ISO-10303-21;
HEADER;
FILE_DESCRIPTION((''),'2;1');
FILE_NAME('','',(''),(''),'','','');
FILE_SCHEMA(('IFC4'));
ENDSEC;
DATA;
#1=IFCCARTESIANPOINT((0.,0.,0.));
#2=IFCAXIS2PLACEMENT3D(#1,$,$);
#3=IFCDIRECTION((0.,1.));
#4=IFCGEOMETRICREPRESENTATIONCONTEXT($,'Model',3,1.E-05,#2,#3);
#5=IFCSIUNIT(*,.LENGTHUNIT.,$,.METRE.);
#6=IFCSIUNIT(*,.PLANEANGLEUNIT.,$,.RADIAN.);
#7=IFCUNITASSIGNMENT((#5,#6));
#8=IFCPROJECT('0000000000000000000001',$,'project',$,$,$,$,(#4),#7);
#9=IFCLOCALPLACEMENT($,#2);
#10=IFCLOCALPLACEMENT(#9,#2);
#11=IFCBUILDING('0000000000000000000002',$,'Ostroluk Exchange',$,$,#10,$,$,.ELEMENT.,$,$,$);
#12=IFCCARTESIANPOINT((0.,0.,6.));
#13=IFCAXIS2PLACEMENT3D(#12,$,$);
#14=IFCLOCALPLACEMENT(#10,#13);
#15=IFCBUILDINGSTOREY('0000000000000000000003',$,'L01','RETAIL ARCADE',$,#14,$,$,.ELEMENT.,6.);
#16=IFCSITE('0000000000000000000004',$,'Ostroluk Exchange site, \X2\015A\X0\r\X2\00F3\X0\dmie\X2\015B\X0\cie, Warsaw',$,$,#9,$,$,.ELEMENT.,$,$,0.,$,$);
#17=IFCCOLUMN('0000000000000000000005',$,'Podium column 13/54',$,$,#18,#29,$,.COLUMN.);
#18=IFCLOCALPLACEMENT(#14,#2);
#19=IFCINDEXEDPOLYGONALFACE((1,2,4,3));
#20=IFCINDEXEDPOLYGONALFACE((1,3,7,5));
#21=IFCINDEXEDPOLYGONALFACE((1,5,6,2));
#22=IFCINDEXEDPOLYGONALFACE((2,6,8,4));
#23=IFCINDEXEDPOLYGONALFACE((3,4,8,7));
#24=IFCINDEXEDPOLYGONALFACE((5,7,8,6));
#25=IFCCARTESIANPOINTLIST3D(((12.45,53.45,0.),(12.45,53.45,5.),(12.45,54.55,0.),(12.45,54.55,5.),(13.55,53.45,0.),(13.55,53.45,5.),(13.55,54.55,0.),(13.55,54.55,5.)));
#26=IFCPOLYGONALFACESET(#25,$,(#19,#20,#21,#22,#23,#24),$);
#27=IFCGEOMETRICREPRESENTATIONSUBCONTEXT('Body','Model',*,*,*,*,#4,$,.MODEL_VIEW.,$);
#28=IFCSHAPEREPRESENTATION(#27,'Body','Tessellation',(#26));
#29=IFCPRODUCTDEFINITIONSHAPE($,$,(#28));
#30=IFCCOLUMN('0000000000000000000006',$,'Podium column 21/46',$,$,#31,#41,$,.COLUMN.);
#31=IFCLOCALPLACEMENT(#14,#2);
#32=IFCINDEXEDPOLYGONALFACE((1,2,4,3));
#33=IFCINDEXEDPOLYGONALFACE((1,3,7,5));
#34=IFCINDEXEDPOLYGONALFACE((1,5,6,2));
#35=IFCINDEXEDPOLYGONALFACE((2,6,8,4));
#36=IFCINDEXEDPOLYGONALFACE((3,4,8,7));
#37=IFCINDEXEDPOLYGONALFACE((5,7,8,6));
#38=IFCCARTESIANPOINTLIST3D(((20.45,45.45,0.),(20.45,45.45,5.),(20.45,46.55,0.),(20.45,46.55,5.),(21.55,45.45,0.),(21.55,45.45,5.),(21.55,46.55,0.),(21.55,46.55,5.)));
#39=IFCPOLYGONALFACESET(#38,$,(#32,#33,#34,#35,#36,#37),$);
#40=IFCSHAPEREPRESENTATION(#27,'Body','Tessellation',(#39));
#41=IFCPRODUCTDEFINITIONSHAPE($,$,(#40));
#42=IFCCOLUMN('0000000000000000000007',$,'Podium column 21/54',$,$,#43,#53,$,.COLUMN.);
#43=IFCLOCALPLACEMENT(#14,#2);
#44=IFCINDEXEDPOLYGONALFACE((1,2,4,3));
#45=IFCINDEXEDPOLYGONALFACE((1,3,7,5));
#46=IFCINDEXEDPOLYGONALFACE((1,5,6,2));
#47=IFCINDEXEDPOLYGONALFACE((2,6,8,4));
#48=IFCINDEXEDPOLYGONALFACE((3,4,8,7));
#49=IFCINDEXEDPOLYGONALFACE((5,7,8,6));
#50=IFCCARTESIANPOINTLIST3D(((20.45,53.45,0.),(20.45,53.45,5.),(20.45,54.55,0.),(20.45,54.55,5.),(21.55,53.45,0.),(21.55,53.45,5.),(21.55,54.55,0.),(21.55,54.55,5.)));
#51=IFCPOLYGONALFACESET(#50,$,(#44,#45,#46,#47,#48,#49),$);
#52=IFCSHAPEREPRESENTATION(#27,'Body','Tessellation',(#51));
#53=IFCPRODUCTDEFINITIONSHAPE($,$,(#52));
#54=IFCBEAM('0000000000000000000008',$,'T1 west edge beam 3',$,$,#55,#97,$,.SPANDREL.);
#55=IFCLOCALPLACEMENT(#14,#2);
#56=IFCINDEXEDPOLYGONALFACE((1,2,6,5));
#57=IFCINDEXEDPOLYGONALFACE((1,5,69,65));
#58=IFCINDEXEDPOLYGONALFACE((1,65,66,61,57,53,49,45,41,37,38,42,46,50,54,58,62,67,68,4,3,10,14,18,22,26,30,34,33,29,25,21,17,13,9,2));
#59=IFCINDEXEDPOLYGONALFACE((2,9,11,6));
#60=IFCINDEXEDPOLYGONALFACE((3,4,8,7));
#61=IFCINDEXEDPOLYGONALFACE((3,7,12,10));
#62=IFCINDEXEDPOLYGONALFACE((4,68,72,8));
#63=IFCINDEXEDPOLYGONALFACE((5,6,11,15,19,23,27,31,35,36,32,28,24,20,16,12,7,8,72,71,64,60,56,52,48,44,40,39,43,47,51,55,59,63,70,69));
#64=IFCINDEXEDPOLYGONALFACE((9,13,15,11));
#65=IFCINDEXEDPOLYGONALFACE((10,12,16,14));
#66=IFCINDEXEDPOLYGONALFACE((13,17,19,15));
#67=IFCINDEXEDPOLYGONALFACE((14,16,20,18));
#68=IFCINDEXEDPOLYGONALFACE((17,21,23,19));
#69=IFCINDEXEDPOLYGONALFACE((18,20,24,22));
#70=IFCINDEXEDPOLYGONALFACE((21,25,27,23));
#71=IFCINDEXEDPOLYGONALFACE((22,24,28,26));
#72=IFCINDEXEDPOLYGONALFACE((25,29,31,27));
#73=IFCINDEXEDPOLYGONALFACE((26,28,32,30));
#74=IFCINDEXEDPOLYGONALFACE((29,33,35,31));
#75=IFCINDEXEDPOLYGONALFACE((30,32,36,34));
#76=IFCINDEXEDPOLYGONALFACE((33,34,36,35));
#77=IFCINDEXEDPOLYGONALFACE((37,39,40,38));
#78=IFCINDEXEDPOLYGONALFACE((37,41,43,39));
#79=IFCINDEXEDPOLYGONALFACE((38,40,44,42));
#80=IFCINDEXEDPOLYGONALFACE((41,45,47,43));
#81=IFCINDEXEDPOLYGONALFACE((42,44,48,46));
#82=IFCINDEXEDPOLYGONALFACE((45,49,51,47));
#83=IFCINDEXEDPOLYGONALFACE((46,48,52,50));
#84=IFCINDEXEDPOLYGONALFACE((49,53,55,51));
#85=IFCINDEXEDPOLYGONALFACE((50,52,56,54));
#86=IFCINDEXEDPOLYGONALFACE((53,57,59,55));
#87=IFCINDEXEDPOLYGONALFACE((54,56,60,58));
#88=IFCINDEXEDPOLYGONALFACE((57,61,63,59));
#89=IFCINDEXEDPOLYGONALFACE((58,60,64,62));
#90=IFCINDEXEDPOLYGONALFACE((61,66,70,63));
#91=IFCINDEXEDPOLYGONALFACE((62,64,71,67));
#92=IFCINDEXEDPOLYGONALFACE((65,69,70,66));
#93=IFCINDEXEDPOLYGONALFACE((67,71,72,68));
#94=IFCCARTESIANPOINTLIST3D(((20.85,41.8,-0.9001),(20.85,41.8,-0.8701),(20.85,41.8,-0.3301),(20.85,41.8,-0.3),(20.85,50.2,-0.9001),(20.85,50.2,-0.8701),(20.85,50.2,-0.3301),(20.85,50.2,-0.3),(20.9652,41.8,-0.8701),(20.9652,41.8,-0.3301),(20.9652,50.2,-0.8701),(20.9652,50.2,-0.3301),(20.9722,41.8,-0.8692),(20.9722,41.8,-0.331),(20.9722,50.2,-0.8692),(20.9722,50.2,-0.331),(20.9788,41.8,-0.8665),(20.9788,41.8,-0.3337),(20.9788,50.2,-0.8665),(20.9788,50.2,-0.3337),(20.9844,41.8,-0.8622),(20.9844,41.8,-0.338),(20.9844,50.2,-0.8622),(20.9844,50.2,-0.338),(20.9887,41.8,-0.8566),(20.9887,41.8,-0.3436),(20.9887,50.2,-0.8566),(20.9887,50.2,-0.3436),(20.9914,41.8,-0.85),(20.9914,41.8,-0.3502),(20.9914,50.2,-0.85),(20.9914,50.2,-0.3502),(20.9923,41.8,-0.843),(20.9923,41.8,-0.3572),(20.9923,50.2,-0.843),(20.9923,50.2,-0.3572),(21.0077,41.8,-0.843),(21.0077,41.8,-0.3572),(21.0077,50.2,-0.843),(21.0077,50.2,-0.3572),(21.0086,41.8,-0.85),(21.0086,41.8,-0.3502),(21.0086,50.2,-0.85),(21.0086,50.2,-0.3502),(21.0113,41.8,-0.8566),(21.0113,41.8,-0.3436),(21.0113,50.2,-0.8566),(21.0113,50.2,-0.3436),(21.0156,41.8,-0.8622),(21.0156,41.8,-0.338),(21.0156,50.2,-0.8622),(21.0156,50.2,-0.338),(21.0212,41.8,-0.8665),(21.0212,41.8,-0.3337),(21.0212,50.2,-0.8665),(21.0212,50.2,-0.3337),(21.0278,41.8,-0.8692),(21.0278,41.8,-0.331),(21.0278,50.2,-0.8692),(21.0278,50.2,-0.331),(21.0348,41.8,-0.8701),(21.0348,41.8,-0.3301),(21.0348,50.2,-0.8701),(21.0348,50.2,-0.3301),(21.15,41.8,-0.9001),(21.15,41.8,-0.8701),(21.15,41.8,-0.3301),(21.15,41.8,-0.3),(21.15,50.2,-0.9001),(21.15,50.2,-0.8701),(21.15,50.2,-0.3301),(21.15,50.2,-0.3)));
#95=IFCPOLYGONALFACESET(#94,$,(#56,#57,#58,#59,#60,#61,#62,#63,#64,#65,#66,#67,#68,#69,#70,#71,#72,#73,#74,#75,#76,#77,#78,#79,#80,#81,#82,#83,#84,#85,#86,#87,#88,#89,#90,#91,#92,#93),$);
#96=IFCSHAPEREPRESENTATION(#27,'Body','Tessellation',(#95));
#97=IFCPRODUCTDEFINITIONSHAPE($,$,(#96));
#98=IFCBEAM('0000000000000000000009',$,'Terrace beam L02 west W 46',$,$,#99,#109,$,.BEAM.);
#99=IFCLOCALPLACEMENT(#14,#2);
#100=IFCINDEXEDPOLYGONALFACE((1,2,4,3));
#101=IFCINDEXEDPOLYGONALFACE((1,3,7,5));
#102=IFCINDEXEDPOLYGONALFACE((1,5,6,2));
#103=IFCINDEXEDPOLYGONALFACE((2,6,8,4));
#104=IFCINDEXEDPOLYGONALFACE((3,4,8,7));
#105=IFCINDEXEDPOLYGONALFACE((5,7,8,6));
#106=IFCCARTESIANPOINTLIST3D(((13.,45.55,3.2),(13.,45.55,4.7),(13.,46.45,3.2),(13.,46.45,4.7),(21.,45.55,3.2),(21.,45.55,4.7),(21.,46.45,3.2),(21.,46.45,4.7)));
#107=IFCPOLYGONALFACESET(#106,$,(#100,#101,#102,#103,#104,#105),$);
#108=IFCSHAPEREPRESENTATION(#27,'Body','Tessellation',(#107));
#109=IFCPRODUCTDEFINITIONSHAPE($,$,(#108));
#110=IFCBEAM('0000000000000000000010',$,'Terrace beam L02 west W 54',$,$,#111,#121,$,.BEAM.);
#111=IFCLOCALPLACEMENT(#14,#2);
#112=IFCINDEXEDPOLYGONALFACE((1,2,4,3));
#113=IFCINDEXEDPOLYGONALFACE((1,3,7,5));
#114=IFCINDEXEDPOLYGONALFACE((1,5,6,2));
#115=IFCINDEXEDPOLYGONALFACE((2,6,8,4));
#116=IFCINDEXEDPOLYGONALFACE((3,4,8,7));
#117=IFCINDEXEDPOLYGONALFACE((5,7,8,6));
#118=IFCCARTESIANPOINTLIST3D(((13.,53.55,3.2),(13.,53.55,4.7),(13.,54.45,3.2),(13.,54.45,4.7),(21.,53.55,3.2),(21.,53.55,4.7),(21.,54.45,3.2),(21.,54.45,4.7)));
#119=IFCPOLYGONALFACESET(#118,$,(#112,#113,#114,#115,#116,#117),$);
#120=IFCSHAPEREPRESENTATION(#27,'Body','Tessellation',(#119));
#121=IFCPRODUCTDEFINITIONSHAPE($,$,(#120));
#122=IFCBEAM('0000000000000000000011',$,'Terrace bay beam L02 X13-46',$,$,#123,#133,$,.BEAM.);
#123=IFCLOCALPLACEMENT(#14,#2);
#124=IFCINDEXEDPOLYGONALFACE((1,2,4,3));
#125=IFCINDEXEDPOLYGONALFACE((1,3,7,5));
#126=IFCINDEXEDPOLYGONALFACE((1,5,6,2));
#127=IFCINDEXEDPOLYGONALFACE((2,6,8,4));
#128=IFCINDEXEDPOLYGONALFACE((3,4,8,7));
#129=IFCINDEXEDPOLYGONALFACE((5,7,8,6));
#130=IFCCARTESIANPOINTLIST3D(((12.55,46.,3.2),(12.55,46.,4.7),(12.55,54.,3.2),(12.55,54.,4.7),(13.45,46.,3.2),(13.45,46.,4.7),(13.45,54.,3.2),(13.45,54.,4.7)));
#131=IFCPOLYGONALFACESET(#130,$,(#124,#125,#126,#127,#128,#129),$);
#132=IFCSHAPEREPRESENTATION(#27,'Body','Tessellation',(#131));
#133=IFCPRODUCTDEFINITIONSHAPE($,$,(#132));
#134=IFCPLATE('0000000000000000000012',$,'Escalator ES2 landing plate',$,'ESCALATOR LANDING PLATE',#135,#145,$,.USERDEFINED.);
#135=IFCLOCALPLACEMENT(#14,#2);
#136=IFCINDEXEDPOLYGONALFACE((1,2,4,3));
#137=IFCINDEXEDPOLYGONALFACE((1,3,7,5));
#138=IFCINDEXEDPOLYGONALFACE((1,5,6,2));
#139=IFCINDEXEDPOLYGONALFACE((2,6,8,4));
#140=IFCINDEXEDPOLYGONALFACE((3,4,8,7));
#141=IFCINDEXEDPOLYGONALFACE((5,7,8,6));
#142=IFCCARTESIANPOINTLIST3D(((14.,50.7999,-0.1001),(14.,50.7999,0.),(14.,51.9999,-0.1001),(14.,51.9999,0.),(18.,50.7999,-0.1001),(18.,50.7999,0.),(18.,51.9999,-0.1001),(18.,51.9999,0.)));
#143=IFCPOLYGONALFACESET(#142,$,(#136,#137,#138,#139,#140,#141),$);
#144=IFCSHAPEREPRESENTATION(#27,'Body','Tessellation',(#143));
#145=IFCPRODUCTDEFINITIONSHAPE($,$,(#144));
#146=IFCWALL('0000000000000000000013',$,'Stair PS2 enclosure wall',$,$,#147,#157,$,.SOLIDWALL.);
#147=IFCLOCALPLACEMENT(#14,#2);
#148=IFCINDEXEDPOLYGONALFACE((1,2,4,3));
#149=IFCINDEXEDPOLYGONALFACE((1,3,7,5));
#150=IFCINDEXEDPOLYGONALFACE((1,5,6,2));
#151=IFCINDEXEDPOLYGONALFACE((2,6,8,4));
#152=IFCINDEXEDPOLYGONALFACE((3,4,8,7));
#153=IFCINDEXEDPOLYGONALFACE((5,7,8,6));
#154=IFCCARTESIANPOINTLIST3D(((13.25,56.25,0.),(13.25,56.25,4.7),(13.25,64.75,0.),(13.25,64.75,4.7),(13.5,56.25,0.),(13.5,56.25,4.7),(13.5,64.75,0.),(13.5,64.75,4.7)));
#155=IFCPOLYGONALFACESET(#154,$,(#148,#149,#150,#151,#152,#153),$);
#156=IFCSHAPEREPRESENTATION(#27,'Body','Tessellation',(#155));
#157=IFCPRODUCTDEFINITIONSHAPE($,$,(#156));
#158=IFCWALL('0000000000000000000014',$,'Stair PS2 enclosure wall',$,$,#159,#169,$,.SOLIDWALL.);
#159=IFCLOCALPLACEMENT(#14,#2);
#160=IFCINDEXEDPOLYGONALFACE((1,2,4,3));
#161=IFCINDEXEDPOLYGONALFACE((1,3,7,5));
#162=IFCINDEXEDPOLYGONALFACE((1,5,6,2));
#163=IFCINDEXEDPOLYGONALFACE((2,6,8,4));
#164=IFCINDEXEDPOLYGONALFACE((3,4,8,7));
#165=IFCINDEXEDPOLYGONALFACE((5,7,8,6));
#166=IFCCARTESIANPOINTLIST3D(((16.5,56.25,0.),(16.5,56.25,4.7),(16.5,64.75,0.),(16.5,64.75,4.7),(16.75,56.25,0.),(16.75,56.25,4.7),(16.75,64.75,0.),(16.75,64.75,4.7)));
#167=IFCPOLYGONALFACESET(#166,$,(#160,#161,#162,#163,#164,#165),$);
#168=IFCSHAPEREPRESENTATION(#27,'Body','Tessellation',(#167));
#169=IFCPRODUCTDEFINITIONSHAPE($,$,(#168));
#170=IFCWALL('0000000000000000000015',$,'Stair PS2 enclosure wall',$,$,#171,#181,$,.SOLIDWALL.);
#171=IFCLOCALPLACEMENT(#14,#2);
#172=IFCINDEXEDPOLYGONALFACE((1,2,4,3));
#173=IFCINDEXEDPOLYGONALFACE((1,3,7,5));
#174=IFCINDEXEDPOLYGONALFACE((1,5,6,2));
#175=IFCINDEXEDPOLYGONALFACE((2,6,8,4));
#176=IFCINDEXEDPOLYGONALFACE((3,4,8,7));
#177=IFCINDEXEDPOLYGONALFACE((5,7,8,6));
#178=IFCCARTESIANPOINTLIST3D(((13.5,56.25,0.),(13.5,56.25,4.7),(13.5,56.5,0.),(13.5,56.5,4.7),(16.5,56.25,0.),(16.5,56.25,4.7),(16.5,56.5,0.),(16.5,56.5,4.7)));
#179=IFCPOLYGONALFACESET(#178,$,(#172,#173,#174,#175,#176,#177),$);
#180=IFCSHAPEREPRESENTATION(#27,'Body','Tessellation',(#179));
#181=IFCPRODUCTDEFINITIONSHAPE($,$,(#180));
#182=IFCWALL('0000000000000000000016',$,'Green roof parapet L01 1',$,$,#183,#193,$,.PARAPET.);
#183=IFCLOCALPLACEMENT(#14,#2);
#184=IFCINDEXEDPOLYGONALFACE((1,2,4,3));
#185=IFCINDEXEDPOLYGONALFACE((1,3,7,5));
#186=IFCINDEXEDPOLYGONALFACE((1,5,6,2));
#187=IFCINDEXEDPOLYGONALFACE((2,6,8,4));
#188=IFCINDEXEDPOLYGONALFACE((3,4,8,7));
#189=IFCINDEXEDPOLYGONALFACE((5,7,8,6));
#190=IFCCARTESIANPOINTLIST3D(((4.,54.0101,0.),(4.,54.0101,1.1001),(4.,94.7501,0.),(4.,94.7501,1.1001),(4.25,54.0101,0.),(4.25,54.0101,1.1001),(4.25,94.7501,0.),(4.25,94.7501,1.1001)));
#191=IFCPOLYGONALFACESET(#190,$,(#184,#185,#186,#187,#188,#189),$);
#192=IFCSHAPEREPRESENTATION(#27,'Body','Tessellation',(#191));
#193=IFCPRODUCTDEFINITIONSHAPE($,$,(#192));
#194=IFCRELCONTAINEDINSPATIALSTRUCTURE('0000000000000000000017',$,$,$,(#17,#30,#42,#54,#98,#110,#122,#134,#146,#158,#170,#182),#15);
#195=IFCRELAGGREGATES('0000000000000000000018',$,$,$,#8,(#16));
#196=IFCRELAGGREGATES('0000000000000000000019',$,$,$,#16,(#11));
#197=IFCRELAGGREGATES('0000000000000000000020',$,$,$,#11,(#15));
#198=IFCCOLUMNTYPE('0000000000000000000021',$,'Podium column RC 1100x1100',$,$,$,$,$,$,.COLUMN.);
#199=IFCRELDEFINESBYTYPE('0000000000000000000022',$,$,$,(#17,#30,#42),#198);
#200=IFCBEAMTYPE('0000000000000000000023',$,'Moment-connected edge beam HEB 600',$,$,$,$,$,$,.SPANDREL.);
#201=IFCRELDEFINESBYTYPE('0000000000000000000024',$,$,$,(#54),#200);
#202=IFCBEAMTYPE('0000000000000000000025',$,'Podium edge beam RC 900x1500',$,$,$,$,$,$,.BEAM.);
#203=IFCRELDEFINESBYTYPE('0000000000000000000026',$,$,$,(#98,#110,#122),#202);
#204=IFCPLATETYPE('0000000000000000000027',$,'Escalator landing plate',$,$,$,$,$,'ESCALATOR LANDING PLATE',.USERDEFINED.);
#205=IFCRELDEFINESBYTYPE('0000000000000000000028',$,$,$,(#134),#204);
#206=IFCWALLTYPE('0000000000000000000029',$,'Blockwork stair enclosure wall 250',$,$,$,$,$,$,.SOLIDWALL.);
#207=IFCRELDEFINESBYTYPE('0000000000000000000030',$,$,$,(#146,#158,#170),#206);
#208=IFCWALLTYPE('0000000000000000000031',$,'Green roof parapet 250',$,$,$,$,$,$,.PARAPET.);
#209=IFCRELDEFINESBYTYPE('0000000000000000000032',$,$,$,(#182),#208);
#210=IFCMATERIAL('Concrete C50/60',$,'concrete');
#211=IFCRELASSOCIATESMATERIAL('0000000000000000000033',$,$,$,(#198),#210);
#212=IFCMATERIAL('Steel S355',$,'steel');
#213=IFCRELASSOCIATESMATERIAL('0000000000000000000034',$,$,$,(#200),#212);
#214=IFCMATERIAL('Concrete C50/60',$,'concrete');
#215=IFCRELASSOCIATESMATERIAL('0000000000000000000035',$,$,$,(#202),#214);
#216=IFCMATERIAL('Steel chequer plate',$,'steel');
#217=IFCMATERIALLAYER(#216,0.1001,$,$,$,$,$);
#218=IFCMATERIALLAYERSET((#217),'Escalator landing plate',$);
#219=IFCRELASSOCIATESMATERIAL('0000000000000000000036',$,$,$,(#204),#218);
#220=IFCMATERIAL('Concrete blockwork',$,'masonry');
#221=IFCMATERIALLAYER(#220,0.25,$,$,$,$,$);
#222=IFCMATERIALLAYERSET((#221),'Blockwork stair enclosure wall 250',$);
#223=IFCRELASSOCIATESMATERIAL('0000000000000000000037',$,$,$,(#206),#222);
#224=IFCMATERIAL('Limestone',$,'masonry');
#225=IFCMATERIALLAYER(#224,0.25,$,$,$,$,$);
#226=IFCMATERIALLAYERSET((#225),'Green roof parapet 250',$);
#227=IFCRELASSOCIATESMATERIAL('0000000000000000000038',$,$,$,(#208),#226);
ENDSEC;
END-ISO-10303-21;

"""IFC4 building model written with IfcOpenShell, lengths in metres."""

from ifc_helpers import new_model, si_unit, direction, frame, frame_2d, origin, origin_2d, place, context, subcontext, project, spatial, rectangle, i_section, extrude, material, layer, layer_set, material_profile, profile_set, type_object, element, save


model = new_model("IFC4")

# Units and contexts
model_context = context("Model", 3, precision=1e-05, world=origin(), true_north=direction((0.0, 1.0)))
body_context = subcontext(model_context, "Body", "Model", "MODEL_VIEW")
ifc_project = project(units=[si_unit("LENGTHUNIT", "METRE"), si_unit("PLANEANGLEUNIT", "RADIAN")], contexts=[model_context])

# Site, building, storey
site_placement = place(None, origin())
site = spatial("IfcSite", under=ifc_project, at=site_placement, Name="Ostroluk Exchange site, Śródmieście, Warsaw", CompositionType="ELEMENT", RefElevation=0.0)
building_placement = place(site_placement, origin())
building = spatial("IfcBuilding", under=site, at=building_placement, Name="Ostroluk Exchange", CompositionType="ELEMENT")
storey_placement = place(building_placement, frame((0.0, 0.0, 6.0)))
storey = spatial("IfcBuildingStorey", under=building, at=storey_placement, Name="L01", Description="RETAIL ARCADE", CompositionType="ELEMENT", Elevation=6.0)

# Columns
ifc_material_1 = material(Name="Concrete C50/60", Category="concrete")
ifc_material_profile_1 = material_profile(ifc_material_1, rectangle(XDim=1.1001, YDim=1.1001, at=origin_2d()), Name="RC 1100x1100")
ifc_profile_set_1 = profile_set([ifc_material_profile_1], Name="Concrete C50/60")
column_type_1 = type_object("IfcColumnType", Name="Podium column RC 1100x1100", PredefinedType="COLUMN", material=ifc_profile_set_1)
for number, where, z_axis, x_axis, name in (
    (1, (13.0, 54.0, 0.0), (0.0, 0.0, 1.0), (1.0, 0.0, 0.0), "Podium column 13/54"),
    (2, (21.0, 46.0, 0.0), (0.0, 0.0, 1.0), (1.0, 0.0, 0.0), "Podium column 21/46"),
    (3, (21.0, 54.0, 0.0), (0.0, 0.0, 1.0), (1.0, 0.0, 0.0), "Podium column 21/54"),
):
    element("IfcColumn", number, at=place(storey_placement, frame(where, z_axis=z_axis, x_axis=x_axis)), inside=storey, type_object=column_type_1, Name=name, PredefinedType="COLUMN", context=body_context, shape_type="SweptSolid", body=[
        extrude(rectangle(XDim=1.1001, YDim=1.1001, at=origin_2d()), origin(), (0.0, 0.0, 1.0), 5.0),
    ])

# Beams
ifc_material_2 = material(Name="Steel S355", Category="steel")
ifc_material_profile_2 = material_profile(ifc_material_2, i_section(OverallWidth=0.3, OverallDepth=0.6001, WebThickness=0.0154, FlangeThickness=0.03, FilletRadius=0.0271, at=origin_2d()), Name="HEB 600")
ifc_profile_set_2 = profile_set([ifc_material_profile_2], Name="Steel S355")
beam_type_1 = type_object("IfcBeamType", Name="Moment-connected edge beam HEB 600", PredefinedType="SPANDREL", material=ifc_profile_set_2)
beam_placement = place(storey_placement, frame((21.0, 50.2, -0.6001), z_axis=(0.0, -1.0, 0.0), x_axis=(1.0, 0.0, 0.0)))
element("IfcBeam", 4, at=beam_placement, inside=storey, type_object=beam_type_1, Name="T1 west edge beam 3", PredefinedType="SPANDREL", context=body_context, shape_type="SweptSolid", body=[
    extrude(i_section(OverallWidth=0.3, OverallDepth=0.6001, WebThickness=0.0154, FlangeThickness=0.03, FilletRadius=0.0271, at=origin_2d()), origin(), (0.0, 0.0, 1.0), 8.3999),
])
ifc_material_3 = material(Name="Concrete C50/60", Category="concrete")
ifc_material_profile_3 = material_profile(ifc_material_3, rectangle(XDim=0.8999, YDim=1.5, at=origin_2d()), Name="RC 900x1500")
ifc_profile_set_3 = profile_set([ifc_material_profile_3], Name="Concrete C50/60")
beam_type_2 = type_object("IfcBeamType", Name="Podium edge beam RC 900x1500", PredefinedType="BEAM", material=ifc_profile_set_3)
for number, where, z_axis, x_axis, name in (
    (5, (13.0, 46.0, 3.95), (1.0, 0.0, 0.0), (0.0, 1.0, 0.0), "Terrace beam L02 west W 46"),
    (6, (13.0, 54.0, 3.95), (1.0, 0.0, 0.0), (0.0, 1.0, 0.0), "Terrace beam L02 west W 54"),
    (7, (13.0, 46.0, 3.95), (0.0, 1.0, 0.0), (-1.0, 0.0, 0.0), "Terrace bay beam L02 X13-46"),
):
    element("IfcBeam", number, at=place(storey_placement, frame(where, z_axis=z_axis, x_axis=x_axis)), inside=storey, type_object=beam_type_2, Name=name, PredefinedType="BEAM", context=body_context, shape_type="SweptSolid", body=[
        extrude(rectangle(XDim=0.8999, YDim=1.5, at=origin_2d()), origin(), (0.0, 0.0, 1.0), 8.0),
    ])

# Plate
ifc_material_4 = material(Name="Steel chequer plate", Category="steel")
ifc_layer_1 = layer(ifc_material_4, 0.1001)
ifc_layer_set_1 = layer_set([ifc_layer_1], Name="Escalator landing plate")
plate_type = type_object("IfcPlateType", Name="Escalator landing plate", ElementType="ESCALATOR LANDING PLATE", PredefinedType="USERDEFINED", material=ifc_layer_set_1)
plate_placement = place(storey_placement, frame((16.0, 51.3999, -0.1001), z_axis=(0.0, 0.0, 1.0), x_axis=(1.0, 0.0, 0.0)))
element("IfcPlate", 8, at=plate_placement, inside=storey, type_object=plate_type, Name="Escalator ES2 landing plate", ObjectType="ESCALATOR LANDING PLATE", PredefinedType="USERDEFINED", context=body_context, shape_type="SweptSolid", body=[
    extrude(rectangle(XDim=4.0, YDim=1.2, at=origin_2d()), origin(), (0.0, 0.0, 1.0), 0.1001),
])

# Walls
ifc_material_5 = material(Name="Concrete blockwork", Category="masonry")
ifc_layer_2 = layer(ifc_material_5, 0.25)
ifc_layer_set_2 = layer_set([ifc_layer_2], Name="Blockwork stair enclosure wall 250")
wall_type_1 = type_object("IfcWallType", Name="Blockwork stair enclosure wall 250", PredefinedType="SOLIDWALL", material=ifc_layer_set_2)
for number, where, z_axis, x_axis, name in (
    (9, (13.375, 56.25, 0.0), (0.0, 0.0, 1.0), (0.0, 1.0, 0.0), "Stair PS2 enclosure wall"),
    (10, (16.625, 56.25, 0.0), (0.0, 0.0, 1.0), (0.0, 1.0, 0.0), "Stair PS2 enclosure wall"),
):
    element("IfcWall", number, at=place(storey_placement, frame(where, z_axis=z_axis, x_axis=x_axis)), inside=storey, type_object=wall_type_1, Name=name, PredefinedType="SOLIDWALL", context=body_context, shape_type="SweptSolid", body=[
        extrude(rectangle(XDim=8.5, YDim=0.25, at=frame_2d((4.25, 0.0))), origin(), (0.0, 0.0, 1.0), 4.7),
    ])
wall_1_placement = place(storey_placement, frame((13.5, 56.375, 0.0), z_axis=(0.0, 0.0, 1.0), x_axis=(1.0, 0.0, 0.0)))
element("IfcWall", 11, at=wall_1_placement, inside=storey, type_object=wall_type_1, Name="Stair PS2 enclosure wall", PredefinedType="SOLIDWALL", context=body_context, shape_type="SweptSolid", body=[
    extrude(rectangle(XDim=3.0, YDim=0.25, at=frame_2d((1.5, 0.0))), origin(), (0.0, 0.0, 1.0), 4.7),
])
ifc_material_6 = material(Name="Limestone", Category="masonry")
ifc_layer_3 = layer(ifc_material_6, 0.25)
ifc_layer_set_3 = layer_set([ifc_layer_3], Name="Green roof parapet 250")
wall_type_2 = type_object("IfcWallType", Name="Green roof parapet 250", PredefinedType="PARAPET", material=ifc_layer_set_3)
wall_2_placement = place(storey_placement, frame((4.125, 54.01, 0.0), z_axis=(0.0, 0.0, 1.0), x_axis=(0.0, 1.0, 0.0)))
element("IfcWall", 12, at=wall_2_placement, inside=storey, type_object=wall_type_2, Name="Green roof parapet L01 1", PredefinedType="PARAPET", context=body_context, shape_type="SweptSolid", body=[
    extrude(rectangle(XDim=40.74, YDim=0.25, at=frame_2d((20.3701, 0.0))), origin(), (0.0, 0.0, 1.0), 1.1001),
])

save(model, "model.ifc")
